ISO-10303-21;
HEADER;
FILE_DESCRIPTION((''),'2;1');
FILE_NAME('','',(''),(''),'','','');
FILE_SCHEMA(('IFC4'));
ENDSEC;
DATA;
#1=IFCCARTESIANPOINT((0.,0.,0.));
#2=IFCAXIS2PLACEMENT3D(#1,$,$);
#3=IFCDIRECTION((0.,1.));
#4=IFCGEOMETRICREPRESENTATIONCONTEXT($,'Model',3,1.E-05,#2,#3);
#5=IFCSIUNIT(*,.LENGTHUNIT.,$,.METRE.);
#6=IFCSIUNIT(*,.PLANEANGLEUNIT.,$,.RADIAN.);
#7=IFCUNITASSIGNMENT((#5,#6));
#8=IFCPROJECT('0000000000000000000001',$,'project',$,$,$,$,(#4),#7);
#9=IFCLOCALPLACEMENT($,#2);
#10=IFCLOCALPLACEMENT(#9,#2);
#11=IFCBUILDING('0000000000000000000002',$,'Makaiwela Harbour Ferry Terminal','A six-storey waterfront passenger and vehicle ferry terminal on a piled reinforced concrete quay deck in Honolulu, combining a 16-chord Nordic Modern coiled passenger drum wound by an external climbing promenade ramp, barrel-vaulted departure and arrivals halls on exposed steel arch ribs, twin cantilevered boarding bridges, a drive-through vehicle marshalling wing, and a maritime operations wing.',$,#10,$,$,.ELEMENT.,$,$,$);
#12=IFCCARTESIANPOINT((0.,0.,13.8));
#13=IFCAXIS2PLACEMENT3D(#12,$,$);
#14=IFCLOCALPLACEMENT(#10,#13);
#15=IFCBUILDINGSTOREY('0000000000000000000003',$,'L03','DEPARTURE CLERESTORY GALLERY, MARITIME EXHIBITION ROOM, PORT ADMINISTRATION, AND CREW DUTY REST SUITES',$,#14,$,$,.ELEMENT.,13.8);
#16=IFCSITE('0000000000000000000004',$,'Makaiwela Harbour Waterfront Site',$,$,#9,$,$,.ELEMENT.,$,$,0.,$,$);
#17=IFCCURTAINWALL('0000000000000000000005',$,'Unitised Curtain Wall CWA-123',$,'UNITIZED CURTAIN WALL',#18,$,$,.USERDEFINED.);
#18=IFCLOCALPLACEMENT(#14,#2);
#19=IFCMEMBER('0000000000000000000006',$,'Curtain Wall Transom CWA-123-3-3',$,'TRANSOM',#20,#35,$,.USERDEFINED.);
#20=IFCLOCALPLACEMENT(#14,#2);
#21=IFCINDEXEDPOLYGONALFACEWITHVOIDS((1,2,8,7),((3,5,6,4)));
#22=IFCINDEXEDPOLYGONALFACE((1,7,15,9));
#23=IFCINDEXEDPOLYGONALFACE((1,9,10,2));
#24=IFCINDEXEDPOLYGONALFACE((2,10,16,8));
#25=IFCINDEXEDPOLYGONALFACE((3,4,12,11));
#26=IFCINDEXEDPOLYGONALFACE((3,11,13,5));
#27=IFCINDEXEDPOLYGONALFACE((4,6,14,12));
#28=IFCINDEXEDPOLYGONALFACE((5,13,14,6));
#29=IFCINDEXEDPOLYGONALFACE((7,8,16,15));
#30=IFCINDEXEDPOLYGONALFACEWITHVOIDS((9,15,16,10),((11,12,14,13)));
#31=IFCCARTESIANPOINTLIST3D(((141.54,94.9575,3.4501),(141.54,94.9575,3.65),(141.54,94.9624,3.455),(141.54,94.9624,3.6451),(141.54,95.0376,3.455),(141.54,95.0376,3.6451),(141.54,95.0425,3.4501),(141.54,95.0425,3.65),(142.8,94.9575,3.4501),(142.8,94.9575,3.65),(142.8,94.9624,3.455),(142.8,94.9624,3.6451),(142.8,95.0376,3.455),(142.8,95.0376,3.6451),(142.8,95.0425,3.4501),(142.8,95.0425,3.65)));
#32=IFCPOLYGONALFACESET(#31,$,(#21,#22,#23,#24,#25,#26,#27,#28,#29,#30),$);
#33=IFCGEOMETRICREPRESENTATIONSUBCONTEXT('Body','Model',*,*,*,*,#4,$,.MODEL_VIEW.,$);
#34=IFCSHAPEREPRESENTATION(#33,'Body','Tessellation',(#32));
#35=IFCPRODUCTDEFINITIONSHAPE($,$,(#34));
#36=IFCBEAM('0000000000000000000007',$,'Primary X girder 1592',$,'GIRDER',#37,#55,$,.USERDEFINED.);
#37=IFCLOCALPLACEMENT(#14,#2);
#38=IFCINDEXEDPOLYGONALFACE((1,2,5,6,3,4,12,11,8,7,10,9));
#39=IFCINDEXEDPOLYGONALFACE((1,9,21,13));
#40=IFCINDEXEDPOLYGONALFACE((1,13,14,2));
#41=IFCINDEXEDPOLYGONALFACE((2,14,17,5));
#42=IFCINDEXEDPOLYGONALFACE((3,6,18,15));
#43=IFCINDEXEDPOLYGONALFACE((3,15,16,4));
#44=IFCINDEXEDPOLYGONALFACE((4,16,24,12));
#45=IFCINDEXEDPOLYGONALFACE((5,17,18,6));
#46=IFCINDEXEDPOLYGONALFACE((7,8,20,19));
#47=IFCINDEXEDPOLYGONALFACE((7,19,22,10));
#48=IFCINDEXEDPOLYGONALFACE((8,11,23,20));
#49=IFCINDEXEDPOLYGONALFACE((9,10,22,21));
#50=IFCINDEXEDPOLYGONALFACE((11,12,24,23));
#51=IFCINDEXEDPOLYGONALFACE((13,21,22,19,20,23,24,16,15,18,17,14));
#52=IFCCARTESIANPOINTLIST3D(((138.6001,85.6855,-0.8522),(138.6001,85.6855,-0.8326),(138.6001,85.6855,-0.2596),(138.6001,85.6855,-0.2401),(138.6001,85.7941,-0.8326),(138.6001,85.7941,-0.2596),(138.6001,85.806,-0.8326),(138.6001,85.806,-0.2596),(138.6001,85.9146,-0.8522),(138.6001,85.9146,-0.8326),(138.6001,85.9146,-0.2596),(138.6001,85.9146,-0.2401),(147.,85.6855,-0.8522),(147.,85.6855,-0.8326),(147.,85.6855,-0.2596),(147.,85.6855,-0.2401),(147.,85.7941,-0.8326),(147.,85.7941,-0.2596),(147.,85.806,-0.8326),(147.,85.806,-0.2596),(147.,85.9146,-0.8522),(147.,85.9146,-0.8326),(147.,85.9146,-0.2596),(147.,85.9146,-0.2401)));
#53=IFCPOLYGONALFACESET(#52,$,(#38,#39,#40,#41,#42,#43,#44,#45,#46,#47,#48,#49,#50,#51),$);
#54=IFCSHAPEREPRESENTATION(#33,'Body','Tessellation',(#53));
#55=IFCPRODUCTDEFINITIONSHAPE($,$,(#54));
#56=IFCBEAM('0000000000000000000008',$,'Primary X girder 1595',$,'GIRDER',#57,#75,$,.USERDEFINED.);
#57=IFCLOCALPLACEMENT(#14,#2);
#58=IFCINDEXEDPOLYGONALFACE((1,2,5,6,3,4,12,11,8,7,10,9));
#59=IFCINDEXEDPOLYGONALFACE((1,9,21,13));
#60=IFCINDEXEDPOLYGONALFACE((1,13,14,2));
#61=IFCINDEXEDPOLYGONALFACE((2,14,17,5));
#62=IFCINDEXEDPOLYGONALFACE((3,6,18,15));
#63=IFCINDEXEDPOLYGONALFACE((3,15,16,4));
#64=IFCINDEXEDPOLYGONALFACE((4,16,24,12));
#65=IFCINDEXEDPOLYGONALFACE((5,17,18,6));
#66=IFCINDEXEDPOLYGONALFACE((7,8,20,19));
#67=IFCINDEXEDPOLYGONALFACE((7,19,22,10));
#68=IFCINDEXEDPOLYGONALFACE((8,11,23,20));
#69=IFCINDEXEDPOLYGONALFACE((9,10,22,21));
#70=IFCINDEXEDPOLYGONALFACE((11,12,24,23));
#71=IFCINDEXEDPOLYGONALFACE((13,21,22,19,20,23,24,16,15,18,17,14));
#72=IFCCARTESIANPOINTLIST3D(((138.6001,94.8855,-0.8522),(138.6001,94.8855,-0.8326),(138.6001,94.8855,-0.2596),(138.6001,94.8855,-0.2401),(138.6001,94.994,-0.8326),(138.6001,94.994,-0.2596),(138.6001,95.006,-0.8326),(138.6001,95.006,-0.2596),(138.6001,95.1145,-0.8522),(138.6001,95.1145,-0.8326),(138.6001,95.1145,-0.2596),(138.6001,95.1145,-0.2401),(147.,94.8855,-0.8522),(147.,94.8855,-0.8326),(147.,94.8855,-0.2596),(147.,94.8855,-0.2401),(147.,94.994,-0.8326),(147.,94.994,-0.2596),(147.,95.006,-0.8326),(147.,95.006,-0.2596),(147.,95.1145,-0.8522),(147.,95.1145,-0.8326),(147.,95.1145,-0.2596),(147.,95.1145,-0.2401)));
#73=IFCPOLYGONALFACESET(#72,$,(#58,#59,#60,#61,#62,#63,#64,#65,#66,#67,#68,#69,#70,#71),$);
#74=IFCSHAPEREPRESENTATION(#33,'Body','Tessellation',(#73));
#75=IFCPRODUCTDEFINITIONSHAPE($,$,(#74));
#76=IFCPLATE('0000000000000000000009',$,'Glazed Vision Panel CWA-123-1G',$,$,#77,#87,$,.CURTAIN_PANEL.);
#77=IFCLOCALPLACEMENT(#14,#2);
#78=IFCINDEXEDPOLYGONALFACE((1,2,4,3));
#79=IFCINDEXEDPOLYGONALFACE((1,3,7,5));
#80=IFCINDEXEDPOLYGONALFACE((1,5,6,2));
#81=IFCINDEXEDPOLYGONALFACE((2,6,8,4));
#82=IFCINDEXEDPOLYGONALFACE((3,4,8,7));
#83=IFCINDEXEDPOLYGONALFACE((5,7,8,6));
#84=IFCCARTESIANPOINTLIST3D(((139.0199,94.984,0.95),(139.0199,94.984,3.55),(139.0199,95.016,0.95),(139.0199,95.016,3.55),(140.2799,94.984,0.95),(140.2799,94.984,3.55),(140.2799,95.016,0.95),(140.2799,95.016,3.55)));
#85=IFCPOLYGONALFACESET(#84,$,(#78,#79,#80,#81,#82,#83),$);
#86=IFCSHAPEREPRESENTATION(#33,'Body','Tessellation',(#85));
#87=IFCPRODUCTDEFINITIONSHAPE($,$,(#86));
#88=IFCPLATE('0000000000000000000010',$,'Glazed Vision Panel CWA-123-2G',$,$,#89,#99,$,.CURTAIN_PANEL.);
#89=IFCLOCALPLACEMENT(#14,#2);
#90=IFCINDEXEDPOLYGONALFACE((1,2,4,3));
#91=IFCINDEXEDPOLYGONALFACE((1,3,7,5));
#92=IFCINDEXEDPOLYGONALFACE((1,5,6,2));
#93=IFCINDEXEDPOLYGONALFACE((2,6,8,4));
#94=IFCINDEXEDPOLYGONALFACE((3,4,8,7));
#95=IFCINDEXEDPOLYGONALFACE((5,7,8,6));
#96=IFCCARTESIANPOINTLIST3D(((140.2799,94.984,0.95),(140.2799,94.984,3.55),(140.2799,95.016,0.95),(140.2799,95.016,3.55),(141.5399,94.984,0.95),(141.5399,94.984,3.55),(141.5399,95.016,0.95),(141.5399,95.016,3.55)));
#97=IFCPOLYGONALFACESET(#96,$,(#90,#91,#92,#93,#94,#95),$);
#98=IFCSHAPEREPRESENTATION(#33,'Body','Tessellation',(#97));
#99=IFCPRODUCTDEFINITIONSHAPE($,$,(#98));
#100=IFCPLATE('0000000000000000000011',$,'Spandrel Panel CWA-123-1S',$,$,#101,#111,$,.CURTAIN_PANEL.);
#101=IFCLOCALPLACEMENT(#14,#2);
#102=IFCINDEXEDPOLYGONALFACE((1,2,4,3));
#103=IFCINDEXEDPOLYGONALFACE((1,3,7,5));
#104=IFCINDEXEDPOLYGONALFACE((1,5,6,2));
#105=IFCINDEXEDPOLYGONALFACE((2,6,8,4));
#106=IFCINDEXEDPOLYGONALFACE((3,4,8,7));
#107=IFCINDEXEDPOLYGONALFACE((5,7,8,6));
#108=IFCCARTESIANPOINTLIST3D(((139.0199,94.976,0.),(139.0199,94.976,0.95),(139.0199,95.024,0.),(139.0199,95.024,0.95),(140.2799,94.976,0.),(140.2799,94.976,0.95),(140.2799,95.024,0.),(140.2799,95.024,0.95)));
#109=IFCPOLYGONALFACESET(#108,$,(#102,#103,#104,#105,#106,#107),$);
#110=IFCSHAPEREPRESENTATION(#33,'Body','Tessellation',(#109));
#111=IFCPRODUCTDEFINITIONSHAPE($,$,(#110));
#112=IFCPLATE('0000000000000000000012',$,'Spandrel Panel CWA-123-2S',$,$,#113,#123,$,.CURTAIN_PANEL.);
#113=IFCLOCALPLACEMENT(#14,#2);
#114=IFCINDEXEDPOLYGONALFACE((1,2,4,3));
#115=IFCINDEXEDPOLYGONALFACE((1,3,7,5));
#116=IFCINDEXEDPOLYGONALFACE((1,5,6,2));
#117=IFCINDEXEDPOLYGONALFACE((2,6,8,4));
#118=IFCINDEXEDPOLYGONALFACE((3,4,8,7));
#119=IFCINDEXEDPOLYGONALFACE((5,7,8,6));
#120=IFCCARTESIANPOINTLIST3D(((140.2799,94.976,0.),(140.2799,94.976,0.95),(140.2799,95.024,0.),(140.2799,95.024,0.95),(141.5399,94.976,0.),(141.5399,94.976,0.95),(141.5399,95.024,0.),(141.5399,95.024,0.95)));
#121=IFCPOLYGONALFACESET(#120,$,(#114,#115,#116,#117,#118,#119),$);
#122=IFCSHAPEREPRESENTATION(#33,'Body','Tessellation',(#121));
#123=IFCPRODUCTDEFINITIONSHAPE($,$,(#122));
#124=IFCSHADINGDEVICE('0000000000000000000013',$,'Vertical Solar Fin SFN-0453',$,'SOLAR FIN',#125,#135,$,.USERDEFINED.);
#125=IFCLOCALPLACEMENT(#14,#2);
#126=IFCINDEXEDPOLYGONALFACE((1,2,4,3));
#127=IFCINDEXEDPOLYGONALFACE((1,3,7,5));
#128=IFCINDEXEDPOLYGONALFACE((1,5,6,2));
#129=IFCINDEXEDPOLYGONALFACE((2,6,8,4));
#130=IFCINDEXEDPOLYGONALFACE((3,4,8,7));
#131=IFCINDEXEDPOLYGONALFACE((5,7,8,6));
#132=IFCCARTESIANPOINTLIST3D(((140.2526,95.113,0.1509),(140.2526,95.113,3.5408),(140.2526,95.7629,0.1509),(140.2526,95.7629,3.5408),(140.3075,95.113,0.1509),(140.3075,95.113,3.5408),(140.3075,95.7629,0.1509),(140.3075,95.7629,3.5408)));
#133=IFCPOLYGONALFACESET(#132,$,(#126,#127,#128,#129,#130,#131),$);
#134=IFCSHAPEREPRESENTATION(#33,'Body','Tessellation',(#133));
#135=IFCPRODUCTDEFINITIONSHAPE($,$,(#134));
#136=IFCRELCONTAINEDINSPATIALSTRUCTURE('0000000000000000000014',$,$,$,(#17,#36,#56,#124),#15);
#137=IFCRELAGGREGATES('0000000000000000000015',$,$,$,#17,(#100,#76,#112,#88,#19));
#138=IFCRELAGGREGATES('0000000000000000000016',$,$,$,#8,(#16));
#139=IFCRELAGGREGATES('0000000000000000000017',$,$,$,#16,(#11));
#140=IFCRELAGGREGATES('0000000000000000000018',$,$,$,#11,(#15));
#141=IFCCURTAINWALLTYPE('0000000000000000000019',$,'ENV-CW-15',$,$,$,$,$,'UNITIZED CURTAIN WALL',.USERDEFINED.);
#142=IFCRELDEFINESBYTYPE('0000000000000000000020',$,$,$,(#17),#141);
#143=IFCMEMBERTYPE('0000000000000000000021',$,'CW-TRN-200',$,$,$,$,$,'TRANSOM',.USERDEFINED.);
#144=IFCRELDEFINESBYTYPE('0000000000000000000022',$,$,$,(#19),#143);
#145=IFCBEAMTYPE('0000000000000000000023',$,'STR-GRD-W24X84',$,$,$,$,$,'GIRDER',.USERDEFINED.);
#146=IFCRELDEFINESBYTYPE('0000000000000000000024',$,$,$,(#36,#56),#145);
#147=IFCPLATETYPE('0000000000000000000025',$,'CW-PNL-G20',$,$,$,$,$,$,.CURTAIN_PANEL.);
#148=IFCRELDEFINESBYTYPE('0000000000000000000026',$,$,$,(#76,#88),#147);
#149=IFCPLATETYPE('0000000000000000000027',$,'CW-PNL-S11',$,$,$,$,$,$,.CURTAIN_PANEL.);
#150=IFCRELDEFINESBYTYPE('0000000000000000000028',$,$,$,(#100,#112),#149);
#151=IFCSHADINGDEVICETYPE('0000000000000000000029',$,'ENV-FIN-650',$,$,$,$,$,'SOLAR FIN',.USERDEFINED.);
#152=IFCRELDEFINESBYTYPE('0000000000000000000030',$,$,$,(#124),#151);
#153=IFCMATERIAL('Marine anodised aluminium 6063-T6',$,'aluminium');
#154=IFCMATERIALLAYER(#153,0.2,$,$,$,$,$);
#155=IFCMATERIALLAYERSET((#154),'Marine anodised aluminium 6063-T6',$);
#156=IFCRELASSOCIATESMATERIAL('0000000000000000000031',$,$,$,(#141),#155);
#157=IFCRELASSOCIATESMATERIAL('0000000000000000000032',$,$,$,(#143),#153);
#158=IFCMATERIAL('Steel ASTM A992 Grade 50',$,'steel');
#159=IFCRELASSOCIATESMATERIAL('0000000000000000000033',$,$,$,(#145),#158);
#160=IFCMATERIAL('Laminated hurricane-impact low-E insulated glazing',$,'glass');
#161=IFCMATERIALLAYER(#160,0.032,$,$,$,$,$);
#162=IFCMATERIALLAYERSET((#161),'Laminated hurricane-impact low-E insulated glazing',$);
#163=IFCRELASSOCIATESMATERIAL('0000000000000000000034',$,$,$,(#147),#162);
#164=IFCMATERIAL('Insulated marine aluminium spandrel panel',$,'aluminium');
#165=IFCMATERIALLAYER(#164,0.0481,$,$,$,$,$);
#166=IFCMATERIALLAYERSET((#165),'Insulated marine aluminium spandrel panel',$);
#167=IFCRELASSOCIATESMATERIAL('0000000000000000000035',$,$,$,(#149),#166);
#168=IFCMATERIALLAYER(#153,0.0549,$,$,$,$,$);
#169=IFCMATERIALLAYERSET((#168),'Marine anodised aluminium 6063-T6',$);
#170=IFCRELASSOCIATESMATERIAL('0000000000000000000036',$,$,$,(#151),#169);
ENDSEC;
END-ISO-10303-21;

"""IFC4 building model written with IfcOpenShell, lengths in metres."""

from ifc_helpers import new_model, si_unit, direction, frame, origin, origin_2d, place, context, subcontext, project, spatial, rectangle, hollow_rectangle, i_section, extrude, material, layer, layer_set, material_profile, profile_set, type_object, element, aggregate, save


model = new_model("IFC4")

# Units and contexts
model_context = context("Model", 3, precision=1e-05, world=origin(), true_north=direction((0.0, 1.0)))
body_context = subcontext(model_context, "Body", "Model", "MODEL_VIEW")
ifc_project = project(units=[si_unit("LENGTHUNIT", "METRE"), si_unit("PLANEANGLEUNIT", "RADIAN")], contexts=[model_context])

# Site, building, storey
site_placement = place(None, origin())
site = spatial("IfcSite", under=ifc_project, at=site_placement, Name="Makaiwela Harbour Waterfront Site", CompositionType="ELEMENT", RefElevation=0.0)
building_placement = place(site_placement, origin())
building = spatial("IfcBuilding", under=site, at=building_placement, Name="Makaiwela Harbour Ferry Terminal", Description="A six-storey waterfront passenger and vehicle ferry terminal on a piled reinforced concrete quay deck in Honolulu, combining a 16-chord Nordic Modern coiled passenger drum wound by an external climbing promenade ramp, barrel-vaulted departure and arrivals halls on exposed steel arch ribs, twin cantilevered boarding bridges, a drive-through vehicle marshalling wing, and a maritime operations wing.", CompositionType="ELEMENT")
storey_placement = place(building_placement, frame((0.0, 0.0, 13.8)))
storey = spatial("IfcBuildingStorey", under=building, at=storey_placement, Name="L03", Description="DEPARTURE CLERESTORY GALLERY, MARITIME EXHIBITION ROOM, PORT ADMINISTRATION, AND CREW DUTY REST SUITES", CompositionType="ELEMENT", Elevation=13.8)

# Curtain wall, member
ifc_material_1 = material(Name="Marine anodised aluminium 6063-T6", Category="aluminium")
ifc_layer_1 = layer(ifc_material_1, 0.2)
ifc_layer_set_1 = layer_set([ifc_layer_1], Name="Marine anodised aluminium 6063-T6")
curtain_wall_type = type_object("IfcCurtainWallType", Name="ENV-CW-15", ElementType="UNITIZED CURTAIN WALL", PredefinedType="USERDEFINED", material=ifc_layer_set_1)
curtain_wall_placement = place(storey_placement, origin())
curtain_wall = element("IfcCurtainWall", 1, at=curtain_wall_placement, inside=storey, type_object=curtain_wall_type, Name="Unitised Curtain Wall CWA-123", ObjectType="UNITIZED CURTAIN WALL", PredefinedType="USERDEFINED")
ifc_material_profile_1 = material_profile(ifc_material_1, hollow_rectangle(XDim=0.085, YDim=0.2, WallThickness=0.0049, at=origin_2d()), Name="CWT-200X85")
ifc_profile_set_1 = profile_set([ifc_material_profile_1], Name="Marine anodised aluminium 6063-T6")
member_type_1 = type_object("IfcMemberType", Name="CW-TRN-200", ElementType="TRANSOM", PredefinedType="USERDEFINED", material=ifc_profile_set_1)
member_1_placement = place(storey_placement, frame((141.54, 95.0, 3.55), z_axis=(1.0, 0.0, 0.0), x_axis=(0.0, 1.0, 0.0)))
member_1 = element("IfcMember", 2, at=member_1_placement, type_object=member_type_1, Name="Curtain Wall Transom CWA-123-3-3", ObjectType="TRANSOM", PredefinedType="USERDEFINED", context=body_context, shape_type="SweptSolid", body=[
    extrude(hollow_rectangle(XDim=0.085, YDim=0.2, WallThickness=0.0049, at=origin_2d()), origin(), (0.0, 0.0, 1.0), 1.26),
])

# Beams
ifc_material_2 = material(Name="Steel ASTM A992 Grade 50", Category="steel")
ifc_material_profile_2 = material_profile(ifc_material_2, i_section(OverallWidth=0.229, OverallDepth=0.6121, WebThickness=0.012, FlangeThickness=0.0195, at=origin_2d()), Name="W24X84")
ifc_profile_set_2 = profile_set([ifc_material_profile_2], Name="Steel ASTM A992 Grade 50")
beam_type = type_object("IfcBeamType", Name="STR-GRD-W24X84", ElementType="GIRDER", PredefinedType="USERDEFINED", material=ifc_profile_set_2)
for number, where, z_axis, x_axis, name in (
    (3, (138.6001, 85.8, -0.5461), (1.0, 0.0, 0.0), (0.0, 1.0, 0.0), "Primary X girder 1592"),
    (4, (138.6001, 95.0, -0.5461), (1.0, 0.0, 0.0), (0.0, 1.0, 0.0), "Primary X girder 1595"),
):
    element("IfcBeam", number, at=place(storey_placement, frame(where, z_axis=z_axis, x_axis=x_axis)), inside=storey, type_object=beam_type, Name=name, ObjectType="GIRDER", PredefinedType="USERDEFINED", context=body_context, shape_type="SweptSolid", body=[
        extrude(i_section(OverallWidth=0.229, OverallDepth=0.6121, WebThickness=0.012, FlangeThickness=0.0195, at=origin_2d()), origin(), (0.0, 0.0, 1.0), 8.3999),
    ])

# Plates
ifc_material_3 = material(Name="Laminated hurricane-impact low-E insulated glazing", Category="glass")
ifc_layer_2 = layer(ifc_material_3, 0.032)
ifc_layer_set_2 = layer_set([ifc_layer_2], Name="Laminated hurricane-impact low-E insulated glazing")
plate_type_1 = type_object("IfcPlateType", Name="CW-PNL-G20", PredefinedType="CURTAIN_PANEL", material=ifc_layer_set_2)
plate_1_placement = place(storey_placement, frame((139.6499, 95.0, 0.95), z_axis=(0.0, 0.0, 1.0), x_axis=(1.0, 0.0, 0.0)))
plate_1 = element("IfcPlate", 5, at=plate_1_placement, type_object=plate_type_1, Name="Glazed Vision Panel CWA-123-1G", PredefinedType="CURTAIN_PANEL", context=body_context, shape_type="SweptSolid", body=[
    extrude(rectangle(XDim=1.26, YDim=0.032, at=origin_2d()), origin(), (0.0, 0.0, 1.0), 2.6001),
])
plate_2_placement = place(storey_placement, frame((140.9099, 95.0, 0.95), z_axis=(0.0, 0.0, 1.0), x_axis=(1.0, 0.0, 0.0)))
plate_2 = element("IfcPlate", 6, at=plate_2_placement, type_object=plate_type_1, Name="Glazed Vision Panel CWA-123-2G", PredefinedType="CURTAIN_PANEL", context=body_context, shape_type="SweptSolid", body=[
    extrude(rectangle(XDim=1.26, YDim=0.032, at=origin_2d()), origin(), (0.0, 0.0, 1.0), 2.6001),
])
ifc_material_4 = material(Name="Insulated marine aluminium spandrel panel", Category="aluminium")
ifc_layer_3 = layer(ifc_material_4, 0.0481)
ifc_layer_set_3 = layer_set([ifc_layer_3], Name="Insulated marine aluminium spandrel panel")
plate_type_2 = type_object("IfcPlateType", Name="CW-PNL-S11", PredefinedType="CURTAIN_PANEL", material=ifc_layer_set_3)
plate_3_placement = place(storey_placement, frame((139.6499, 95.0, 0.0), z_axis=(0.0, 0.0, 1.0), x_axis=(1.0, 0.0, 0.0)))
plate_3 = element("IfcPlate", 7, at=plate_3_placement, type_object=plate_type_2, Name="Spandrel Panel CWA-123-1S", PredefinedType="CURTAIN_PANEL", context=body_context, shape_type="SweptSolid", body=[
    extrude(rectangle(XDim=1.26, YDim=0.0481, at=origin_2d()), origin(), (0.0, 0.0, 1.0), 0.95),
])
plate_4_placement = place(storey_placement, frame((140.9099, 95.0, 0.0), z_axis=(0.0, 0.0, 1.0), x_axis=(1.0, 0.0, 0.0)))
plate_4 = element("IfcPlate", 8, at=plate_4_placement, type_object=plate_type_2, Name="Spandrel Panel CWA-123-2S", PredefinedType="CURTAIN_PANEL", context=body_context, shape_type="SweptSolid", body=[
    extrude(rectangle(XDim=1.26, YDim=0.0481, at=origin_2d()), origin(), (0.0, 0.0, 1.0), 0.95),
])
aggregate(curtain_wall, [plate_3, plate_1, plate_4, plate_2, member_1])

# Shading device
ifc_layer_4 = layer(ifc_material_1, 0.0549)
ifc_layer_set_4 = layer_set([ifc_layer_4], Name="Marine anodised aluminium 6063-T6")
shading_device_type = type_object("IfcShadingDeviceType", Name="ENV-FIN-650", ElementType="SOLAR FIN", PredefinedType="USERDEFINED", material=ifc_layer_set_4)
shading_device_placement = place(storey_placement, frame((140.28, 95.438, 0.1509), z_axis=(0.0, 0.0, 1.0), x_axis=(0.0, 1.0, 0.0)))
element("IfcShadingDevice", 9, at=shading_device_placement, inside=storey, type_object=shading_device_type, Name="Vertical Solar Fin SFN-0453", ObjectType="SOLAR FIN", PredefinedType="USERDEFINED", context=body_context, shape_type="SweptSolid", body=[
    extrude(rectangle(XDim=0.6499, YDim=0.0549, at=origin_2d()), origin(), (0.0, 0.0, 1.0), 3.3899),
])

save(model, "model.ifc")
